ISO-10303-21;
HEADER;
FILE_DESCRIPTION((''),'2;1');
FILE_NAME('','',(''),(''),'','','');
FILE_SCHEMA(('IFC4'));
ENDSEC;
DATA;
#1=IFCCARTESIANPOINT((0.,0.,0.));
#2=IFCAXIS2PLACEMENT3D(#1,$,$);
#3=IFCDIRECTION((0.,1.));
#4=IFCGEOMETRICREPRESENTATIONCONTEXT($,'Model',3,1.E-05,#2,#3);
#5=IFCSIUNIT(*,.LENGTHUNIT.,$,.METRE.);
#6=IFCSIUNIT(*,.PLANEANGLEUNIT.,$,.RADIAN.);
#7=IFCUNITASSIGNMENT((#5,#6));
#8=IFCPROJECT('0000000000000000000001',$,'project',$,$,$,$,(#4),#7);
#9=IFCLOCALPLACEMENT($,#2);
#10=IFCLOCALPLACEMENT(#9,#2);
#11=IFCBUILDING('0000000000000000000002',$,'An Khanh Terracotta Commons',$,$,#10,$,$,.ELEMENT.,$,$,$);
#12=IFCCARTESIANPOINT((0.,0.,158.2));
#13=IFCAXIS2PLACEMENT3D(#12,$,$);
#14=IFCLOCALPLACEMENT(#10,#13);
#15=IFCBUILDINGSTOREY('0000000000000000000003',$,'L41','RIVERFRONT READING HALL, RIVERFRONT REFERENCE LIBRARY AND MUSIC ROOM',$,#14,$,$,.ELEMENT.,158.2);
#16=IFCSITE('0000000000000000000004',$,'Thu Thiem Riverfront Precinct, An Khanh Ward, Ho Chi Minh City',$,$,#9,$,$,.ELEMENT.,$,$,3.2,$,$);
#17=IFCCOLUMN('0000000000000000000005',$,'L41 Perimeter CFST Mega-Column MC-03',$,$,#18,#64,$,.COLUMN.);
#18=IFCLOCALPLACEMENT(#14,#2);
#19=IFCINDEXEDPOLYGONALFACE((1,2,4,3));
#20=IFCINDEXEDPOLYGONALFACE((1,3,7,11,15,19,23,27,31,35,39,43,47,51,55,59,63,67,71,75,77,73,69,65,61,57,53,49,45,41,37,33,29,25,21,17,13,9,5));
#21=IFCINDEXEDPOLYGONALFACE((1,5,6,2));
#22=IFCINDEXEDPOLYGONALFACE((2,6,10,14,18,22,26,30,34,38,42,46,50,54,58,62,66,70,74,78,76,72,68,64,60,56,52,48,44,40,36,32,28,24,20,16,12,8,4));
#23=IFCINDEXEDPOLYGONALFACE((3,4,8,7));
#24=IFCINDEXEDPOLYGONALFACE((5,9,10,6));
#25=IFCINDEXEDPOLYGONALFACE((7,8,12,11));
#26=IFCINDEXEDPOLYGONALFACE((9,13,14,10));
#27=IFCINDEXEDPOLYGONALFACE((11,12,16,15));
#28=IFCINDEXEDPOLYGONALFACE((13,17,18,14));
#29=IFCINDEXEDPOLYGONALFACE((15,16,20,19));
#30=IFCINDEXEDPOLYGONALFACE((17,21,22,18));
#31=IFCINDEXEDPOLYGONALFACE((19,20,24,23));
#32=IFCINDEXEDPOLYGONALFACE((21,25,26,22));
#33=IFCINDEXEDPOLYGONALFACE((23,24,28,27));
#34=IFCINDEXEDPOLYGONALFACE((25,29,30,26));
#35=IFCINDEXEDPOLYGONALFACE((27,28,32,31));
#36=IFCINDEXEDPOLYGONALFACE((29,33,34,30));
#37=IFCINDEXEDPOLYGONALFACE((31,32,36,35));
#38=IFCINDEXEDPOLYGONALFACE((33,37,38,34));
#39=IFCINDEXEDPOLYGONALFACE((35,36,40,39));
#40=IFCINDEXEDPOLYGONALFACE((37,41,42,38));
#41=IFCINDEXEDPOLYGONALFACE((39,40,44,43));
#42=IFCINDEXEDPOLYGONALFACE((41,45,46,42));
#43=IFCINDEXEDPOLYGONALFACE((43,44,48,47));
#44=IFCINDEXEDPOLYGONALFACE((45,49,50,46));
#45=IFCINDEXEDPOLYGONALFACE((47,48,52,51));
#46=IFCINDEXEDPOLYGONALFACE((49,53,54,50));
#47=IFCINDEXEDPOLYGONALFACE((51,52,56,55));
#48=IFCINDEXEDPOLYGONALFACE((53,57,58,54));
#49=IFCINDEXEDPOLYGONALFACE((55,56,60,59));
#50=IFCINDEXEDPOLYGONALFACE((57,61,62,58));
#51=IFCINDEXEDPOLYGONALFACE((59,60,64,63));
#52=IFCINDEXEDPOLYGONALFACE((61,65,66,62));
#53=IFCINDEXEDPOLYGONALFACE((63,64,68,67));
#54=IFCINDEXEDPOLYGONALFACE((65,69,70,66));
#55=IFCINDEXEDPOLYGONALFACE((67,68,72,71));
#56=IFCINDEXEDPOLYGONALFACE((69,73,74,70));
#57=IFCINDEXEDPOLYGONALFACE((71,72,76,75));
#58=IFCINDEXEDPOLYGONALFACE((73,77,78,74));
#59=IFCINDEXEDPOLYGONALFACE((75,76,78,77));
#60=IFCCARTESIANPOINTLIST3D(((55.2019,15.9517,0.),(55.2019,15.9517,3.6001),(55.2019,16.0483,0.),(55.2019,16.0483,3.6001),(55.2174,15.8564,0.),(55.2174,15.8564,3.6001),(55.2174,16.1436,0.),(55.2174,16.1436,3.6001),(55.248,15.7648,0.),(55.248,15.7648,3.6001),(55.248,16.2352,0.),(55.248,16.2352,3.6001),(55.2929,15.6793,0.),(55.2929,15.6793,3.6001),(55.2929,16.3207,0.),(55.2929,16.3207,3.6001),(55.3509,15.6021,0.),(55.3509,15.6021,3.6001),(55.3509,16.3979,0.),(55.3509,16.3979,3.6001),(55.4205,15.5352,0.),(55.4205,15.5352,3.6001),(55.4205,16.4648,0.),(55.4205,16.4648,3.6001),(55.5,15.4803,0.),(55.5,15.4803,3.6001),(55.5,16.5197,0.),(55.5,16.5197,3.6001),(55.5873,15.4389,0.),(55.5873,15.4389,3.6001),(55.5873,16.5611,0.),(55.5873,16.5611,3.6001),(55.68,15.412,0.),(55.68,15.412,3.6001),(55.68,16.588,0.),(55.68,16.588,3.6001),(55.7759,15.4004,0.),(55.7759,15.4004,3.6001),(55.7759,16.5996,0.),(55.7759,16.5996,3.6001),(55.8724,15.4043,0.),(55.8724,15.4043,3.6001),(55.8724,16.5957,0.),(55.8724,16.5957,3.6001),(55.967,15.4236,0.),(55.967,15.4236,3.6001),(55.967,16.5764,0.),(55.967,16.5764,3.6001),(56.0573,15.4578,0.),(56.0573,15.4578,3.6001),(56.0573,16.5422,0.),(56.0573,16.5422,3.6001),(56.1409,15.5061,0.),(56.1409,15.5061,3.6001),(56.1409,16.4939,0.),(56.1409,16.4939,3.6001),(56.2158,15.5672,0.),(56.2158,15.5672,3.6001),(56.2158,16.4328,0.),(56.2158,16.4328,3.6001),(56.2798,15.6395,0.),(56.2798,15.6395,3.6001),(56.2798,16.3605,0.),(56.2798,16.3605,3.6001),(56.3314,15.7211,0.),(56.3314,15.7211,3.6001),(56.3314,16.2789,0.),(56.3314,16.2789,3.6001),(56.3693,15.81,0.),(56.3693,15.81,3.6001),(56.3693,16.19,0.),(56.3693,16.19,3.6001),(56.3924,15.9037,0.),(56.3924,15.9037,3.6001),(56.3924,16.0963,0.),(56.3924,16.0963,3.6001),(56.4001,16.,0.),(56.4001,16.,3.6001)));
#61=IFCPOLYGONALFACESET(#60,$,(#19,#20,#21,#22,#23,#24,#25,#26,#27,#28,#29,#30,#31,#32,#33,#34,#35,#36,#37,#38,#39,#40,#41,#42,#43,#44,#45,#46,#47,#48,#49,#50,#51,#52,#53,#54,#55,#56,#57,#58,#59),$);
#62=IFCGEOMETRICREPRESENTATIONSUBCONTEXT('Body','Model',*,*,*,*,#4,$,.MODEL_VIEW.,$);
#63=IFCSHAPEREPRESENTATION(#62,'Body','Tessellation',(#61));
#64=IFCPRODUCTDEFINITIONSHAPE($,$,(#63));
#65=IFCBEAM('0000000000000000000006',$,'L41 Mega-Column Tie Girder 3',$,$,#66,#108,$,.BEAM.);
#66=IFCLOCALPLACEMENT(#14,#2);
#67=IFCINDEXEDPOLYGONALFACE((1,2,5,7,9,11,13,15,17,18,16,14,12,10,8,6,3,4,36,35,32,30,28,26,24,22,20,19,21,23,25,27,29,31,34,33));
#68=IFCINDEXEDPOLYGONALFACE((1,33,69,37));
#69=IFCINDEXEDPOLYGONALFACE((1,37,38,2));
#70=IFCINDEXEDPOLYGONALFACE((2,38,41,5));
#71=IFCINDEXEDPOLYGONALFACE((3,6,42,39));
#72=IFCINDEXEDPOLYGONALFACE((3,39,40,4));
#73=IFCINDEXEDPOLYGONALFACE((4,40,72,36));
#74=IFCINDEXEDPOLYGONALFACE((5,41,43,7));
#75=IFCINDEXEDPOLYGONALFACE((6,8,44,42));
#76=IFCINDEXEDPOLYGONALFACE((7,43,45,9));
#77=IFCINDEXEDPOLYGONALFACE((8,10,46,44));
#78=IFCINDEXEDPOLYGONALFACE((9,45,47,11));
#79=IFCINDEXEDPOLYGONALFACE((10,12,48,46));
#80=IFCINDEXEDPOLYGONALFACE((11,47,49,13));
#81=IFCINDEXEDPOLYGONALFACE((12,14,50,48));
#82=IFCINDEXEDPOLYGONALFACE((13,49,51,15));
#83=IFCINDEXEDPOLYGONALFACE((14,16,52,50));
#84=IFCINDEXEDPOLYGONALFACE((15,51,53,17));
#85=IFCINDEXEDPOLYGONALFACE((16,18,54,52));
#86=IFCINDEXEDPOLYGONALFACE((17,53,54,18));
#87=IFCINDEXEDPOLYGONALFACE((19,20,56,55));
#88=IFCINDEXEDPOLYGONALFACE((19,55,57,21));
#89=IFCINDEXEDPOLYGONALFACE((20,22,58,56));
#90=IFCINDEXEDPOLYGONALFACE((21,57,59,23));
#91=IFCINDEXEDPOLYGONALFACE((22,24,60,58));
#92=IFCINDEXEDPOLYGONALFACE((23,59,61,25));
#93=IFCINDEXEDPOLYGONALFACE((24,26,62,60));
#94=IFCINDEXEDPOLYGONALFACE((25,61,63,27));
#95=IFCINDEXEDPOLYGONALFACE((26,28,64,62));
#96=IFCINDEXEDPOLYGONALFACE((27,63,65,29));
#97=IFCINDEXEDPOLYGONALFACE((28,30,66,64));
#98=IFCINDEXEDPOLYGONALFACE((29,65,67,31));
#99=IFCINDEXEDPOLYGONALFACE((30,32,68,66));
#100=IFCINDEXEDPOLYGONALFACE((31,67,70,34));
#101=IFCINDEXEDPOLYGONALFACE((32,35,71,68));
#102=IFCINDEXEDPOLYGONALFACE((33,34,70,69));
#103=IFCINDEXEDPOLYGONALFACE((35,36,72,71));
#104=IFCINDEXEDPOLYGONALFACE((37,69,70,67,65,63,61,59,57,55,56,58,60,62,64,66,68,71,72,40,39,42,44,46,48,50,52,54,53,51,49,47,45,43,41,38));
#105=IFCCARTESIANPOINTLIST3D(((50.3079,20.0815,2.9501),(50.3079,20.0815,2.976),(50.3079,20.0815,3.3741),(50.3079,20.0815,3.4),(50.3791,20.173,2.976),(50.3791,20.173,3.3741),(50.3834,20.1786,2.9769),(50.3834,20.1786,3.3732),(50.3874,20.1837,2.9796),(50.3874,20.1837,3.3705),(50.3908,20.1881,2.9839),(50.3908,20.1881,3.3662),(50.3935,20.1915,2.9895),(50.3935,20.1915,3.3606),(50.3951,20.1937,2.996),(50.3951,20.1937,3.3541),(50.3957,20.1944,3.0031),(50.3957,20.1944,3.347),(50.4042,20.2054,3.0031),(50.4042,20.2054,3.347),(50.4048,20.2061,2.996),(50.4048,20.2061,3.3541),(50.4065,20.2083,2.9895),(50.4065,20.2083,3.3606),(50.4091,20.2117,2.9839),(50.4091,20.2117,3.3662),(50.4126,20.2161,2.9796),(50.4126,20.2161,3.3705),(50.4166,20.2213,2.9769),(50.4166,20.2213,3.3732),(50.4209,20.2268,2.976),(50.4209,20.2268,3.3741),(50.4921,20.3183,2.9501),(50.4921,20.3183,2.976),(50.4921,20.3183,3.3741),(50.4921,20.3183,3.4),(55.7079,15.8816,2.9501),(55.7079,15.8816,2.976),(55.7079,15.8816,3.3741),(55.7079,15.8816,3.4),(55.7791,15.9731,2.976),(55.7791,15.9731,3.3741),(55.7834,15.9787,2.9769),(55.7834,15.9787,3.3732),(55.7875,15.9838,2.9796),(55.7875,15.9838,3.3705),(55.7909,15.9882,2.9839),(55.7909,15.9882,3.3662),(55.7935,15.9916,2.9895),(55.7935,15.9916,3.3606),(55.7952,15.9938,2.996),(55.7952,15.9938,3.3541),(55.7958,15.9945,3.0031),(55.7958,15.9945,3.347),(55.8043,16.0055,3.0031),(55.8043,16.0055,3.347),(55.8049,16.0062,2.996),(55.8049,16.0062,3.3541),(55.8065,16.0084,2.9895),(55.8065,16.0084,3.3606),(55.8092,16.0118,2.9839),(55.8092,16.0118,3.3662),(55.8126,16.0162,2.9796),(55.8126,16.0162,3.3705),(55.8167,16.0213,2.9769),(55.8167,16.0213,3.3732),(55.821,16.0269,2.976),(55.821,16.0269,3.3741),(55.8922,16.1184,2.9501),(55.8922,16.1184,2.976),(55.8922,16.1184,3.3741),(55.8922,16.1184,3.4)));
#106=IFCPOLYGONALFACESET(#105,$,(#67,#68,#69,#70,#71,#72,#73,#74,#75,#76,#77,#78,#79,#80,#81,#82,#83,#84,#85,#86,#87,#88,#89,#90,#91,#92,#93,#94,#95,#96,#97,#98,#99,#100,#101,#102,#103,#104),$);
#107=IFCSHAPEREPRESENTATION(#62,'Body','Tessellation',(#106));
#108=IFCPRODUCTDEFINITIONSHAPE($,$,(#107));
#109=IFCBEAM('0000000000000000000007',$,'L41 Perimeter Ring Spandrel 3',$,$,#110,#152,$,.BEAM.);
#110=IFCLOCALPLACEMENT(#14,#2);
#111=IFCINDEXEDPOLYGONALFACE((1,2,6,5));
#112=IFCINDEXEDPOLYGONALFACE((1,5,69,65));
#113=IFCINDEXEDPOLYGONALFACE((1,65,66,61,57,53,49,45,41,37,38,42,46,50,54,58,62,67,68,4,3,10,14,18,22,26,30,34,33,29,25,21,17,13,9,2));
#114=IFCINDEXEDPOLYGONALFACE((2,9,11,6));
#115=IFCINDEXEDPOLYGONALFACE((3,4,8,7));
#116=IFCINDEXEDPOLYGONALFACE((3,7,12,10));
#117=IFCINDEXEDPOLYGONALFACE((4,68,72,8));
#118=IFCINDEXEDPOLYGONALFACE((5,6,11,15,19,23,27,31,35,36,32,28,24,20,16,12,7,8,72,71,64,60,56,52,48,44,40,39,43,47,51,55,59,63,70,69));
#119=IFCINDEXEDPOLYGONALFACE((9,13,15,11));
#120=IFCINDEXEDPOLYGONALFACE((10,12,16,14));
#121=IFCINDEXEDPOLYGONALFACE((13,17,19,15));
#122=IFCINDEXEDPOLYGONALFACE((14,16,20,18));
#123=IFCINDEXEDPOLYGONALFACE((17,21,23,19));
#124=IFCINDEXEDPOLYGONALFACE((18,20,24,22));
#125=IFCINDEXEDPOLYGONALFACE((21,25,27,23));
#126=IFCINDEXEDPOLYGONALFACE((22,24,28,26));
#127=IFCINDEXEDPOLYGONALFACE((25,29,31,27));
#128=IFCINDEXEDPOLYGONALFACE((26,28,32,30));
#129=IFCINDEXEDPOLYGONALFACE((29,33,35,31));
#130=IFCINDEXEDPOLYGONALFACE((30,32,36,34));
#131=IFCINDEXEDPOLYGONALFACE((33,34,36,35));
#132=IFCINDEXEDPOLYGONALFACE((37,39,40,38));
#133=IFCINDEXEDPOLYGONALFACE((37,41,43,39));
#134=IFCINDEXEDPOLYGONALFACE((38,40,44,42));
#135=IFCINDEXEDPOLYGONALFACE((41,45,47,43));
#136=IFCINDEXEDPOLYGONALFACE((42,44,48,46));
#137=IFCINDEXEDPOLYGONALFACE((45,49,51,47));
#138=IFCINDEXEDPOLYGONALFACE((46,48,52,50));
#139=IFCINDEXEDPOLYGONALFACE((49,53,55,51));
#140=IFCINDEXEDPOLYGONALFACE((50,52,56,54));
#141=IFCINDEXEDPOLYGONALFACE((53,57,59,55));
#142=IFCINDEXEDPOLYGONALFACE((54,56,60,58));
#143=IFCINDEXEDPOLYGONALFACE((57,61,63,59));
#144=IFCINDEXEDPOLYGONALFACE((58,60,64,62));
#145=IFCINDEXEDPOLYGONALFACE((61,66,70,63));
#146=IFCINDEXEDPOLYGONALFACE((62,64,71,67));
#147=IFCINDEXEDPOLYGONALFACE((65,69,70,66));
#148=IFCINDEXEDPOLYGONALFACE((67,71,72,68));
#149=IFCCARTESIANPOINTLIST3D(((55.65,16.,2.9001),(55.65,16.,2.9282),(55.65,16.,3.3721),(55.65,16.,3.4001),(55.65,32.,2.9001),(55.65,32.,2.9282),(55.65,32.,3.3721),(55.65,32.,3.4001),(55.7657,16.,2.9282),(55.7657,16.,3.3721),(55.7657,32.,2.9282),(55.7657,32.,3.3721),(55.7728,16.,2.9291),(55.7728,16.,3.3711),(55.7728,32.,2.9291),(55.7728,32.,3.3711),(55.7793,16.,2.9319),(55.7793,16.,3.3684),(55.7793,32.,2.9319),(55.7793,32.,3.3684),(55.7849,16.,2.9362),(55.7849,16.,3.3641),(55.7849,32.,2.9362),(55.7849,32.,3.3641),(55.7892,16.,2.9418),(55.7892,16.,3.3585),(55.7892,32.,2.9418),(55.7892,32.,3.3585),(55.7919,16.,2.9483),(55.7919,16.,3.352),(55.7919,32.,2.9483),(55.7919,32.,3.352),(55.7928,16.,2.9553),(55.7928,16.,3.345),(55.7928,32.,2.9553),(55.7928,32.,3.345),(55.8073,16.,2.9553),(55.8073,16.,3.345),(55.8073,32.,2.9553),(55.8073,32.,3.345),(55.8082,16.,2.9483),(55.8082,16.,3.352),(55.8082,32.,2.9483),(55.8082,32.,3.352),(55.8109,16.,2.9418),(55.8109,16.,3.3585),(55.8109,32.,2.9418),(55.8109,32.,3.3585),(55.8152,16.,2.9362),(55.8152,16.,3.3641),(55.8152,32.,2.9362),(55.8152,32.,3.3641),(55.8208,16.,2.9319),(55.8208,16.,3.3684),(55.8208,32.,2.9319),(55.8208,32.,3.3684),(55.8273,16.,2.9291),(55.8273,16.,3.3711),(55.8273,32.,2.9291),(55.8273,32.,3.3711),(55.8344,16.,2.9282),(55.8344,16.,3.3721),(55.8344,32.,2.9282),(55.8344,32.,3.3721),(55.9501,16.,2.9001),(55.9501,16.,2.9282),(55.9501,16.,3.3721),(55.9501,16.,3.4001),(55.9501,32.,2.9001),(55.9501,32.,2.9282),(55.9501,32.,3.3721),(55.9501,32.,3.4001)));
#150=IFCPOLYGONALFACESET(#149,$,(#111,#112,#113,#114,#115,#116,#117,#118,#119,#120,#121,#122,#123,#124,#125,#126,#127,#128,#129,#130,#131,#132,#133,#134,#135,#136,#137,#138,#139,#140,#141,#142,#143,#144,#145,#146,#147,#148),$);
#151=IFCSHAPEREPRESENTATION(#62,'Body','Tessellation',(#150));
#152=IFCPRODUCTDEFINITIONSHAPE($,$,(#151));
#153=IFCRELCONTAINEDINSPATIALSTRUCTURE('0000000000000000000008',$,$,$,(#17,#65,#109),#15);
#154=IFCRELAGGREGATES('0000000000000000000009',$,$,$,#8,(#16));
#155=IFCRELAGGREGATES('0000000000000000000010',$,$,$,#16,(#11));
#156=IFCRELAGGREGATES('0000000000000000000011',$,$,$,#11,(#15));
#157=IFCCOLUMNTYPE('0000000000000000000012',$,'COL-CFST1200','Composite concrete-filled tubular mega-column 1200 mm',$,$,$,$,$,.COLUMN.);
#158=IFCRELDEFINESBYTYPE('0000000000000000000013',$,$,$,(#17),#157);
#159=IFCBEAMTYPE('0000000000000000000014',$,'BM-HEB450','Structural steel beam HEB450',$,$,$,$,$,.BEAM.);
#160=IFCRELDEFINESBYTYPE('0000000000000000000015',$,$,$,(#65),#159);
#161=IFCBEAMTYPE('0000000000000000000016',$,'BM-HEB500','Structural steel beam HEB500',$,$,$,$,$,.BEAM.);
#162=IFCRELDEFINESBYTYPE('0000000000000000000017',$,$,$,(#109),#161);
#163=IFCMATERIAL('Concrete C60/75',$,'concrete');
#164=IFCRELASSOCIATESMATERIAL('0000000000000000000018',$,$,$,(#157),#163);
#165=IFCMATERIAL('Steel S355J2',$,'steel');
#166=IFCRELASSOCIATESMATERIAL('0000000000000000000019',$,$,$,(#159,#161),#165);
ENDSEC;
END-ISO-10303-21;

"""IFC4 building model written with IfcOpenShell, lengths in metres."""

from ifc_helpers import new_model, si_unit, direction, frame, origin, origin_2d, place, context, subcontext, project, spatial, circle, i_section, extrude, material, material_profile, profile_set, type_object, element, save


model = new_model("IFC4")

# Units and contexts
model_context = context("Model", 3, precision=1e-05, world=origin(), true_north=direction((0.0, 1.0)))
body_context = subcontext(model_context, "Body", "Model", "MODEL_VIEW")
ifc_project = project(units=[si_unit("LENGTHUNIT", "METRE"), si_unit("PLANEANGLEUNIT", "RADIAN")], contexts=[model_context])

# Site, building, storey
site_placement = place(None, origin())
site = spatial("IfcSite", under=ifc_project, at=site_placement, Name="Thu Thiem Riverfront Precinct, An Khanh Ward, Ho Chi Minh City", CompositionType="ELEMENT", RefElevation=3.2)
building_placement = place(site_placement, origin())
building = spatial("IfcBuilding", under=site, at=building_placement, Name="An Khanh Terracotta Commons", CompositionType="ELEMENT")
storey_placement = place(building_placement, frame((0.0, 0.0, 158.2)))
storey = spatial("IfcBuildingStorey", under=building, at=storey_placement, Name="L41", Description="RIVERFRONT READING HALL, RIVERFRONT REFERENCE LIBRARY AND MUSIC ROOM", CompositionType="ELEMENT", Elevation=158.2)

# Column
ifc_material_1 = material(Name="Concrete C60/75", Category="concrete")
ifc_material_profile_1 = material_profile(ifc_material_1, circle(Radius=0.6001, at=origin_2d()), Name="CFST1200")
ifc_profile_set_1 = profile_set([ifc_material_profile_1], Name="Concrete C60/75")
column_type = type_object("IfcColumnType", Name="COL-CFST1200", Description="Composite concrete-filled tubular mega-column 1200 mm", PredefinedType="COLUMN", material=ifc_profile_set_1)
column_placement = place(storey_placement, frame((55.8, 16.0, 0.0), z_axis=(0.0, 0.0, 1.0), x_axis=(1.0, 0.0, 0.0)))
element("IfcColumn", 1, at=column_placement, inside=storey, type_object=column_type, Name="L41 Perimeter CFST Mega-Column MC-03", PredefinedType="COLUMN", context=body_context, shape_type="SweptSolid", body=[
    extrude(circle(Radius=0.6001, at=origin_2d()), origin(), (0.0, 0.0, 1.0), 3.6001),
])

# Beams
ifc_material_2 = material(Name="Steel S355J2", Category="steel")
ifc_material_profile_2 = material_profile(ifc_material_2, i_section(OverallWidth=0.3, OverallDepth=0.45, WebThickness=0.0139, FlangeThickness=0.0259, FilletRadius=0.0271, at=origin_2d()), Name="HEB450")
ifc_profile_set_2 = profile_set([ifc_material_profile_2], Name="Steel S355J2")
beam_type_1 = type_object("IfcBeamType", Name="BM-HEB450", Description="Structural steel beam HEB450", PredefinedType="BEAM", material=ifc_profile_set_2)
beam_1_placement = place(storey_placement, frame((55.8, 16.0, 3.175), z_axis=(-0.789364, 0.613926, 0.0), x_axis=(-0.613926, -0.789364, 0.0)))
element("IfcBeam", 2, at=beam_1_placement, inside=storey, type_object=beam_type_1, Name="L41 Mega-Column Tie Girder 3", PredefinedType="BEAM", context=body_context, shape_type="SweptSolid", body=[
    extrude(i_section(OverallWidth=0.3, OverallDepth=0.45, WebThickness=0.0139, FlangeThickness=0.0259, FilletRadius=0.0271, at=origin_2d()), origin(), (0.0, 0.0, 1.0), 6.8411),
])
ifc_material_profile_3 = material_profile(ifc_material_2, i_section(OverallWidth=0.3, OverallDepth=0.5, WebThickness=0.0144, FlangeThickness=0.0281, FilletRadius=0.0271, at=origin_2d()), Name="HEB500")
ifc_profile_set_3 = profile_set([ifc_material_profile_3], Name="Steel S355J2")
beam_type_2 = type_object("IfcBeamType", Name="BM-HEB500", Description="Structural steel beam HEB500", PredefinedType="BEAM", material=ifc_profile_set_3)
beam_2_placement = place(storey_placement, frame((55.8, 16.0, 3.1501), z_axis=(0.0, 1.0, 0.0), x_axis=(-1.0, 0.0, 0.0)))
element("IfcBeam", 3, at=beam_2_placement, inside=storey, type_object=beam_type_2, Name="L41 Perimeter Ring Spandrel 3", PredefinedType="BEAM", context=body_context, shape_type="SweptSolid", body=[
    extrude(i_section(OverallWidth=0.3, OverallDepth=0.5, WebThickness=0.0144, FlangeThickness=0.0281, FilletRadius=0.0271, at=origin_2d()), origin(), (0.0, 0.0, 1.0), 16.0),
])

save(model, "model.ifc")
